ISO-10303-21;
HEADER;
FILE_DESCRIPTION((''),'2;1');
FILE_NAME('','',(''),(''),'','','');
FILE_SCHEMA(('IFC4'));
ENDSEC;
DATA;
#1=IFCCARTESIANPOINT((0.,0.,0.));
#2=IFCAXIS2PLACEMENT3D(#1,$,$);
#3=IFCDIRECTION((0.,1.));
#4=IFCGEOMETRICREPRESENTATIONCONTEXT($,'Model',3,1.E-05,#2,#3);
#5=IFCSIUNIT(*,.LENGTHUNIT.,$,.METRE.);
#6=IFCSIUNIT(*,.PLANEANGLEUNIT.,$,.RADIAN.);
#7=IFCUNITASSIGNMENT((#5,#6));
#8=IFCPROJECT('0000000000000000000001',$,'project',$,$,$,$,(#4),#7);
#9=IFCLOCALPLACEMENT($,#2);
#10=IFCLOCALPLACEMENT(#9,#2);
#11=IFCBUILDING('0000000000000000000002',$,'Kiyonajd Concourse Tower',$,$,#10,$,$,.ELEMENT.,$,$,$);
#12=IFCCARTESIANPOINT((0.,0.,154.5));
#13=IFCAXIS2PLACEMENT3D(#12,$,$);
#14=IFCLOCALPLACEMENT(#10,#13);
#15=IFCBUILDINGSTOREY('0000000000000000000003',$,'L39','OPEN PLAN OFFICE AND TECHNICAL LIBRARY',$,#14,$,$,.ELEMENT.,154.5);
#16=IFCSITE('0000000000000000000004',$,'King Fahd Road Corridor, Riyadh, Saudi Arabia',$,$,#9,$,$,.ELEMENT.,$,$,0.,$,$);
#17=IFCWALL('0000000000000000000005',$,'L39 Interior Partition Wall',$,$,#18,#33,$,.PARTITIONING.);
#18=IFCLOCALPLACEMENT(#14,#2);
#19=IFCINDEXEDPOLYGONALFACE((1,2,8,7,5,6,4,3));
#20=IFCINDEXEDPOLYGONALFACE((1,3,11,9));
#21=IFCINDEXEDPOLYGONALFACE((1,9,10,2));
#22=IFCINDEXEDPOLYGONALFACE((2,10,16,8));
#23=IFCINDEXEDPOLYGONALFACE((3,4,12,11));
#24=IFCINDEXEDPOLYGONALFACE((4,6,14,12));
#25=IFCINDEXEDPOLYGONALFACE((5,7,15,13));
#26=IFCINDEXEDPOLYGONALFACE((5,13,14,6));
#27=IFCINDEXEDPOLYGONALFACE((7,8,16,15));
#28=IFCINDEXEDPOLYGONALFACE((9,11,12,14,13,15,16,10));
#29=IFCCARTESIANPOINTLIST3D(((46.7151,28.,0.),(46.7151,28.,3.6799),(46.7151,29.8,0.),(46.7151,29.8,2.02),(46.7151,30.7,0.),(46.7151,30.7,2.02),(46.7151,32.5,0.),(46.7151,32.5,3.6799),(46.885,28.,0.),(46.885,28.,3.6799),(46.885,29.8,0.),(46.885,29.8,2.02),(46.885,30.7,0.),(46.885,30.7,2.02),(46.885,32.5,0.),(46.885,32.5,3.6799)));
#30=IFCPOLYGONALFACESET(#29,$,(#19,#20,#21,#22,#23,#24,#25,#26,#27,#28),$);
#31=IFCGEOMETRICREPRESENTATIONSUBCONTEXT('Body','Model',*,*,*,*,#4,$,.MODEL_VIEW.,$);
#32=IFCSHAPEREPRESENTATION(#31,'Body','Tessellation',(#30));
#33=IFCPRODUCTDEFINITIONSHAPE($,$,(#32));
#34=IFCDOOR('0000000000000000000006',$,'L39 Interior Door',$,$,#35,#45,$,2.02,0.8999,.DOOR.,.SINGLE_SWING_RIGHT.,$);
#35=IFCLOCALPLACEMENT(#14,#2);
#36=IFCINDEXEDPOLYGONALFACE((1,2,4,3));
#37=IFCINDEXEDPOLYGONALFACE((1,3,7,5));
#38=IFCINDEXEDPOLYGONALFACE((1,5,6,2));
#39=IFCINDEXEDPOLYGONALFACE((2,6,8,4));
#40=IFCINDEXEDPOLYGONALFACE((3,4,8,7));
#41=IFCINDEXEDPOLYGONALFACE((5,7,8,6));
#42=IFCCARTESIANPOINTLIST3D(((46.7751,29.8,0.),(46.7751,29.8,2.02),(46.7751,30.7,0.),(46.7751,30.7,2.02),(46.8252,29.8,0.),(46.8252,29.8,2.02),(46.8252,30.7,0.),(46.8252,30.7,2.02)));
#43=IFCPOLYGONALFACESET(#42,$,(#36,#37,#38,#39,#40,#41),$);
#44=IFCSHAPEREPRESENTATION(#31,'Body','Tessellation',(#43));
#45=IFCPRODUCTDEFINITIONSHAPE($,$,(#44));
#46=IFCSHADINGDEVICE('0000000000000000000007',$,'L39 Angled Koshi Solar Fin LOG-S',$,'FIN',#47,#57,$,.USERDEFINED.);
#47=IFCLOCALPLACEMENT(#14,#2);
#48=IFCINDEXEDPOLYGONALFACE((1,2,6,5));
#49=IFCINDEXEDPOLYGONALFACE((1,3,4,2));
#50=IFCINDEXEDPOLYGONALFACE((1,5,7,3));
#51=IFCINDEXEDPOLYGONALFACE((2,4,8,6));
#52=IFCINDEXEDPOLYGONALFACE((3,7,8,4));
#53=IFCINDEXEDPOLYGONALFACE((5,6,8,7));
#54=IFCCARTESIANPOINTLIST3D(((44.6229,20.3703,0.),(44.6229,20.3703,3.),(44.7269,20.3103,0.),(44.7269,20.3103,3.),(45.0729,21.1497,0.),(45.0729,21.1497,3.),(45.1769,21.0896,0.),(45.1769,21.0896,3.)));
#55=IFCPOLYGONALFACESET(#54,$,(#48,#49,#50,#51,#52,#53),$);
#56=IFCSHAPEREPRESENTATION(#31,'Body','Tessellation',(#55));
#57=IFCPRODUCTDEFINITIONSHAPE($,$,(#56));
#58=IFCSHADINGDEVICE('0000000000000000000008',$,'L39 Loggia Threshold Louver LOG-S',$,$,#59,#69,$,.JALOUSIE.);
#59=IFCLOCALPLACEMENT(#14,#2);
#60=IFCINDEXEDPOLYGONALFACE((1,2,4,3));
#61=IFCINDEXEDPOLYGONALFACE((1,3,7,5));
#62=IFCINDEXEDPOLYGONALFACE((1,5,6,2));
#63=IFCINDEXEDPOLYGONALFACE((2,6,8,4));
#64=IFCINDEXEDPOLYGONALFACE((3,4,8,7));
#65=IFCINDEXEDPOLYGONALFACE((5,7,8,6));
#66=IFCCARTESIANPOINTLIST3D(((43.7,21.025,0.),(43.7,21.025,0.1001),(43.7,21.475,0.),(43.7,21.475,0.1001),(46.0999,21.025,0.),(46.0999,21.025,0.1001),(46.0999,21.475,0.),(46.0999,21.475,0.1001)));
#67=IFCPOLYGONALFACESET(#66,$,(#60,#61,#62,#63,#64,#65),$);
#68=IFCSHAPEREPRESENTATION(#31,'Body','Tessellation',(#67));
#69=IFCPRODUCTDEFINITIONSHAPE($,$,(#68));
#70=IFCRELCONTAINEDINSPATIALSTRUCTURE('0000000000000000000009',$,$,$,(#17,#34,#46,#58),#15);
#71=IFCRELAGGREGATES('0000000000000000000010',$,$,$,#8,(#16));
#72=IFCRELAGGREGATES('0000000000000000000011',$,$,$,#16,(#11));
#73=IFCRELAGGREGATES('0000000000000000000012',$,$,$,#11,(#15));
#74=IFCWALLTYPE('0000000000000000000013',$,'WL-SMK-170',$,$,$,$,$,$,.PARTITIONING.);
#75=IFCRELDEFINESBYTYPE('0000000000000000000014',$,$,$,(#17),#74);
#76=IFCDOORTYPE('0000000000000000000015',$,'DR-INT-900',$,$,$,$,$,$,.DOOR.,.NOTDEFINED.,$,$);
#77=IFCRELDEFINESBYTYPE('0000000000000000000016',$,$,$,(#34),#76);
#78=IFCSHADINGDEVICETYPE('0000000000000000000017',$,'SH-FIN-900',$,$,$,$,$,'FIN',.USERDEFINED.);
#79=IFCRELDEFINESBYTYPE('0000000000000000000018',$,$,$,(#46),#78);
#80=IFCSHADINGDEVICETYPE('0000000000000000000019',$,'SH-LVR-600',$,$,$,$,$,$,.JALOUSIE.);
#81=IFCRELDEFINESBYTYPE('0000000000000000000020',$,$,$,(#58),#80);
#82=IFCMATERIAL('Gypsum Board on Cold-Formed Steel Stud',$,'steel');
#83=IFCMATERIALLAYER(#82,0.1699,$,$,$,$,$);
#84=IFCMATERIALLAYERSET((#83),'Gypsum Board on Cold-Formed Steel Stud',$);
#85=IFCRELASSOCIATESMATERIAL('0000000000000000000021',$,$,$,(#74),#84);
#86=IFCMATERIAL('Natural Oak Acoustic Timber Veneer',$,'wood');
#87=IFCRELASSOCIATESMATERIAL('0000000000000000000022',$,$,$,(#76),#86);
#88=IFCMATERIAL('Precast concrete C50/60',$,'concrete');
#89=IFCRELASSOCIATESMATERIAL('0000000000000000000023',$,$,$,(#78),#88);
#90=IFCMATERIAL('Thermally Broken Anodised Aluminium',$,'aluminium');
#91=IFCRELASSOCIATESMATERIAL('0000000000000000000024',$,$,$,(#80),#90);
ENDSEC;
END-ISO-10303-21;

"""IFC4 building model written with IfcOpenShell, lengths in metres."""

from ifc_helpers import new_model, si_unit, direction, frame, frame_2d, origin, origin_2d, place, context, subcontext, project, spatial, rectangle, extrude, material, layer, layer_set, type_object, element, fill, save


model = new_model("IFC4")

# Units and contexts
model_context = context("Model", 3, precision=1e-05, world=origin(), true_north=direction((0.0, 1.0)))
body_context = subcontext(model_context, "Body", "Model", "MODEL_VIEW")
ifc_project = project(units=[si_unit("LENGTHUNIT", "METRE"), si_unit("PLANEANGLEUNIT", "RADIAN")], contexts=[model_context])

# Site, building, storey
site_placement = place(None, origin())
site = spatial("IfcSite", under=ifc_project, at=site_placement, Name="King Fahd Road Corridor, Riyadh, Saudi Arabia", CompositionType="ELEMENT", RefElevation=0.0)
building_placement = place(site_placement, origin())
building = spatial("IfcBuilding", under=site, at=building_placement, Name="Kiyonajd Concourse Tower", CompositionType="ELEMENT")
storey_placement = place(building_placement, frame((0.0, 0.0, 154.5)))
storey = spatial("IfcBuildingStorey", under=building, at=storey_placement, Name="L39", Description="OPEN PLAN OFFICE AND TECHNICAL LIBRARY", CompositionType="ELEMENT", Elevation=154.5)

# Shared definitions
ifc_material_1 = material(Name="Thermally Broken Anodised Aluminium", Category="aluminium")

# Shared definitions
ifc_material_2 = material(Name="Precast concrete C50/60", Category="concrete")

# Shared definitions
ifc_material_3 = material(Name="Gypsum Board on Cold-Formed Steel Stud", Category="steel")

# Wall, opening, door
ifc_layer_1 = layer(ifc_material_3, 0.1699)
ifc_layer_set_1 = layer_set([ifc_layer_1], Name="Gypsum Board on Cold-Formed Steel Stud")
wall_type_1 = type_object("IfcWallType", Name="WL-SMK-170", PredefinedType="PARTITIONING", material=ifc_layer_set_1)
wall_1_placement = place(storey_placement, frame((46.8, 28.0, 0.0), z_axis=(0.0, 0.0, 1.0), x_axis=(0.0, 1.0, 0.0)))
wall_1 = element("IfcWall", 1, at=wall_1_placement, inside=storey, type_object=wall_type_1, Name="L39 Interior Partition Wall", PredefinedType="PARTITIONING", context=body_context, shape_type="SweptSolid", body=[
    extrude(rectangle(XDim=4.5, YDim=0.1699, at=frame_2d((2.25, 0.0))), origin(), (0.0, 0.0, 1.0), 3.6799),
])
opening_1_placement = place(wall_1_placement, frame((1.8, 0.0, 0.0)))
opening_1 = element("IfcOpeningElement", 2, at=opening_1_placement, cuts=wall_1, PredefinedType="OPENING", context=body_context, shape_type="SweptSolid", body=[
    extrude(rectangle(XDim=0.8999, YDim=2.02, at=frame_2d((0.45, 1.01))), frame((0.0, 0.095, 0.0), z_axis=(0.0, -1.0, 0.0), x_axis=(1.0, 0.0, 0.0)), (0.0, 0.0, 1.0), 0.1899),
])
ifc_material_4 = material(Name="Natural Oak Acoustic Timber Veneer", Category="wood")
door_type_1 = type_object("IfcDoorType", Name="DR-INT-900", OperationType="NOTDEFINED", PredefinedType="DOOR", material=ifc_material_4)
door_1_placement = place(opening_1_placement, origin())
door_1 = element("IfcDoor", 3, at=door_1_placement, inside=storey, type_object=door_type_1, Name="L39 Interior Door", OperationType="SINGLE_SWING_RIGHT", OverallHeight=2.02, OverallWidth=0.8999, PredefinedType="DOOR", context=body_context, shape_type="SweptSolid", body=[
    extrude(rectangle(XDim=0.8999, YDim=2.02, at=frame_2d((0.45, 1.01))), frame((0.0, 0.0249, 0.0), z_axis=(0.0, -1.0, 0.0), x_axis=(1.0, 0.0, 0.0)), (0.0, 0.0, 1.0), 0.05),
])
fill(opening_1, door_1)

# Shading devices
shading_device_type_1 = type_object("IfcShadingDeviceType", Name="SH-FIN-900", ElementType="FIN", PredefinedType="USERDEFINED", material=ifc_material_2)
shading_device_1_placement = place(storey_placement, frame((44.8999, 20.73, 0.0), z_axis=(0.0, 0.0, 1.0), x_axis=(0.5, 0.866025, 0.0)))
element("IfcShadingDevice", 4, at=shading_device_1_placement, inside=storey, type_object=shading_device_type_1, Name="L39 Angled Koshi Solar Fin LOG-S", ObjectType="FIN", PredefinedType="USERDEFINED", context=body_context, shape_type="SweptSolid", body=[
    extrude(rectangle(XDim=0.8999, YDim=0.1201, at=origin_2d()), origin(), (0.0, 0.0, 1.0), 3.0),
])
shading_device_type_2 = type_object("IfcShadingDeviceType", Name="SH-LVR-600", PredefinedType="JALOUSIE", material=ifc_material_1)
shading_device_2_placement = place(storey_placement, frame((44.8999, 21.25, 0.0), z_axis=(0.0, 0.0, 1.0), x_axis=(1.0, 0.0, 0.0)))
element("IfcShadingDevice", 5, at=shading_device_2_placement, inside=storey, type_object=shading_device_type_2, Name="L39 Loggia Threshold Louver LOG-S", PredefinedType="JALOUSIE", context=body_context, shape_type="SweptSolid", body=[
    extrude(rectangle(XDim=2.3999, YDim=0.45, at=origin_2d()), origin(), (0.0, 0.0, 1.0), 0.1001),
])

save(model, "model.ifc")
